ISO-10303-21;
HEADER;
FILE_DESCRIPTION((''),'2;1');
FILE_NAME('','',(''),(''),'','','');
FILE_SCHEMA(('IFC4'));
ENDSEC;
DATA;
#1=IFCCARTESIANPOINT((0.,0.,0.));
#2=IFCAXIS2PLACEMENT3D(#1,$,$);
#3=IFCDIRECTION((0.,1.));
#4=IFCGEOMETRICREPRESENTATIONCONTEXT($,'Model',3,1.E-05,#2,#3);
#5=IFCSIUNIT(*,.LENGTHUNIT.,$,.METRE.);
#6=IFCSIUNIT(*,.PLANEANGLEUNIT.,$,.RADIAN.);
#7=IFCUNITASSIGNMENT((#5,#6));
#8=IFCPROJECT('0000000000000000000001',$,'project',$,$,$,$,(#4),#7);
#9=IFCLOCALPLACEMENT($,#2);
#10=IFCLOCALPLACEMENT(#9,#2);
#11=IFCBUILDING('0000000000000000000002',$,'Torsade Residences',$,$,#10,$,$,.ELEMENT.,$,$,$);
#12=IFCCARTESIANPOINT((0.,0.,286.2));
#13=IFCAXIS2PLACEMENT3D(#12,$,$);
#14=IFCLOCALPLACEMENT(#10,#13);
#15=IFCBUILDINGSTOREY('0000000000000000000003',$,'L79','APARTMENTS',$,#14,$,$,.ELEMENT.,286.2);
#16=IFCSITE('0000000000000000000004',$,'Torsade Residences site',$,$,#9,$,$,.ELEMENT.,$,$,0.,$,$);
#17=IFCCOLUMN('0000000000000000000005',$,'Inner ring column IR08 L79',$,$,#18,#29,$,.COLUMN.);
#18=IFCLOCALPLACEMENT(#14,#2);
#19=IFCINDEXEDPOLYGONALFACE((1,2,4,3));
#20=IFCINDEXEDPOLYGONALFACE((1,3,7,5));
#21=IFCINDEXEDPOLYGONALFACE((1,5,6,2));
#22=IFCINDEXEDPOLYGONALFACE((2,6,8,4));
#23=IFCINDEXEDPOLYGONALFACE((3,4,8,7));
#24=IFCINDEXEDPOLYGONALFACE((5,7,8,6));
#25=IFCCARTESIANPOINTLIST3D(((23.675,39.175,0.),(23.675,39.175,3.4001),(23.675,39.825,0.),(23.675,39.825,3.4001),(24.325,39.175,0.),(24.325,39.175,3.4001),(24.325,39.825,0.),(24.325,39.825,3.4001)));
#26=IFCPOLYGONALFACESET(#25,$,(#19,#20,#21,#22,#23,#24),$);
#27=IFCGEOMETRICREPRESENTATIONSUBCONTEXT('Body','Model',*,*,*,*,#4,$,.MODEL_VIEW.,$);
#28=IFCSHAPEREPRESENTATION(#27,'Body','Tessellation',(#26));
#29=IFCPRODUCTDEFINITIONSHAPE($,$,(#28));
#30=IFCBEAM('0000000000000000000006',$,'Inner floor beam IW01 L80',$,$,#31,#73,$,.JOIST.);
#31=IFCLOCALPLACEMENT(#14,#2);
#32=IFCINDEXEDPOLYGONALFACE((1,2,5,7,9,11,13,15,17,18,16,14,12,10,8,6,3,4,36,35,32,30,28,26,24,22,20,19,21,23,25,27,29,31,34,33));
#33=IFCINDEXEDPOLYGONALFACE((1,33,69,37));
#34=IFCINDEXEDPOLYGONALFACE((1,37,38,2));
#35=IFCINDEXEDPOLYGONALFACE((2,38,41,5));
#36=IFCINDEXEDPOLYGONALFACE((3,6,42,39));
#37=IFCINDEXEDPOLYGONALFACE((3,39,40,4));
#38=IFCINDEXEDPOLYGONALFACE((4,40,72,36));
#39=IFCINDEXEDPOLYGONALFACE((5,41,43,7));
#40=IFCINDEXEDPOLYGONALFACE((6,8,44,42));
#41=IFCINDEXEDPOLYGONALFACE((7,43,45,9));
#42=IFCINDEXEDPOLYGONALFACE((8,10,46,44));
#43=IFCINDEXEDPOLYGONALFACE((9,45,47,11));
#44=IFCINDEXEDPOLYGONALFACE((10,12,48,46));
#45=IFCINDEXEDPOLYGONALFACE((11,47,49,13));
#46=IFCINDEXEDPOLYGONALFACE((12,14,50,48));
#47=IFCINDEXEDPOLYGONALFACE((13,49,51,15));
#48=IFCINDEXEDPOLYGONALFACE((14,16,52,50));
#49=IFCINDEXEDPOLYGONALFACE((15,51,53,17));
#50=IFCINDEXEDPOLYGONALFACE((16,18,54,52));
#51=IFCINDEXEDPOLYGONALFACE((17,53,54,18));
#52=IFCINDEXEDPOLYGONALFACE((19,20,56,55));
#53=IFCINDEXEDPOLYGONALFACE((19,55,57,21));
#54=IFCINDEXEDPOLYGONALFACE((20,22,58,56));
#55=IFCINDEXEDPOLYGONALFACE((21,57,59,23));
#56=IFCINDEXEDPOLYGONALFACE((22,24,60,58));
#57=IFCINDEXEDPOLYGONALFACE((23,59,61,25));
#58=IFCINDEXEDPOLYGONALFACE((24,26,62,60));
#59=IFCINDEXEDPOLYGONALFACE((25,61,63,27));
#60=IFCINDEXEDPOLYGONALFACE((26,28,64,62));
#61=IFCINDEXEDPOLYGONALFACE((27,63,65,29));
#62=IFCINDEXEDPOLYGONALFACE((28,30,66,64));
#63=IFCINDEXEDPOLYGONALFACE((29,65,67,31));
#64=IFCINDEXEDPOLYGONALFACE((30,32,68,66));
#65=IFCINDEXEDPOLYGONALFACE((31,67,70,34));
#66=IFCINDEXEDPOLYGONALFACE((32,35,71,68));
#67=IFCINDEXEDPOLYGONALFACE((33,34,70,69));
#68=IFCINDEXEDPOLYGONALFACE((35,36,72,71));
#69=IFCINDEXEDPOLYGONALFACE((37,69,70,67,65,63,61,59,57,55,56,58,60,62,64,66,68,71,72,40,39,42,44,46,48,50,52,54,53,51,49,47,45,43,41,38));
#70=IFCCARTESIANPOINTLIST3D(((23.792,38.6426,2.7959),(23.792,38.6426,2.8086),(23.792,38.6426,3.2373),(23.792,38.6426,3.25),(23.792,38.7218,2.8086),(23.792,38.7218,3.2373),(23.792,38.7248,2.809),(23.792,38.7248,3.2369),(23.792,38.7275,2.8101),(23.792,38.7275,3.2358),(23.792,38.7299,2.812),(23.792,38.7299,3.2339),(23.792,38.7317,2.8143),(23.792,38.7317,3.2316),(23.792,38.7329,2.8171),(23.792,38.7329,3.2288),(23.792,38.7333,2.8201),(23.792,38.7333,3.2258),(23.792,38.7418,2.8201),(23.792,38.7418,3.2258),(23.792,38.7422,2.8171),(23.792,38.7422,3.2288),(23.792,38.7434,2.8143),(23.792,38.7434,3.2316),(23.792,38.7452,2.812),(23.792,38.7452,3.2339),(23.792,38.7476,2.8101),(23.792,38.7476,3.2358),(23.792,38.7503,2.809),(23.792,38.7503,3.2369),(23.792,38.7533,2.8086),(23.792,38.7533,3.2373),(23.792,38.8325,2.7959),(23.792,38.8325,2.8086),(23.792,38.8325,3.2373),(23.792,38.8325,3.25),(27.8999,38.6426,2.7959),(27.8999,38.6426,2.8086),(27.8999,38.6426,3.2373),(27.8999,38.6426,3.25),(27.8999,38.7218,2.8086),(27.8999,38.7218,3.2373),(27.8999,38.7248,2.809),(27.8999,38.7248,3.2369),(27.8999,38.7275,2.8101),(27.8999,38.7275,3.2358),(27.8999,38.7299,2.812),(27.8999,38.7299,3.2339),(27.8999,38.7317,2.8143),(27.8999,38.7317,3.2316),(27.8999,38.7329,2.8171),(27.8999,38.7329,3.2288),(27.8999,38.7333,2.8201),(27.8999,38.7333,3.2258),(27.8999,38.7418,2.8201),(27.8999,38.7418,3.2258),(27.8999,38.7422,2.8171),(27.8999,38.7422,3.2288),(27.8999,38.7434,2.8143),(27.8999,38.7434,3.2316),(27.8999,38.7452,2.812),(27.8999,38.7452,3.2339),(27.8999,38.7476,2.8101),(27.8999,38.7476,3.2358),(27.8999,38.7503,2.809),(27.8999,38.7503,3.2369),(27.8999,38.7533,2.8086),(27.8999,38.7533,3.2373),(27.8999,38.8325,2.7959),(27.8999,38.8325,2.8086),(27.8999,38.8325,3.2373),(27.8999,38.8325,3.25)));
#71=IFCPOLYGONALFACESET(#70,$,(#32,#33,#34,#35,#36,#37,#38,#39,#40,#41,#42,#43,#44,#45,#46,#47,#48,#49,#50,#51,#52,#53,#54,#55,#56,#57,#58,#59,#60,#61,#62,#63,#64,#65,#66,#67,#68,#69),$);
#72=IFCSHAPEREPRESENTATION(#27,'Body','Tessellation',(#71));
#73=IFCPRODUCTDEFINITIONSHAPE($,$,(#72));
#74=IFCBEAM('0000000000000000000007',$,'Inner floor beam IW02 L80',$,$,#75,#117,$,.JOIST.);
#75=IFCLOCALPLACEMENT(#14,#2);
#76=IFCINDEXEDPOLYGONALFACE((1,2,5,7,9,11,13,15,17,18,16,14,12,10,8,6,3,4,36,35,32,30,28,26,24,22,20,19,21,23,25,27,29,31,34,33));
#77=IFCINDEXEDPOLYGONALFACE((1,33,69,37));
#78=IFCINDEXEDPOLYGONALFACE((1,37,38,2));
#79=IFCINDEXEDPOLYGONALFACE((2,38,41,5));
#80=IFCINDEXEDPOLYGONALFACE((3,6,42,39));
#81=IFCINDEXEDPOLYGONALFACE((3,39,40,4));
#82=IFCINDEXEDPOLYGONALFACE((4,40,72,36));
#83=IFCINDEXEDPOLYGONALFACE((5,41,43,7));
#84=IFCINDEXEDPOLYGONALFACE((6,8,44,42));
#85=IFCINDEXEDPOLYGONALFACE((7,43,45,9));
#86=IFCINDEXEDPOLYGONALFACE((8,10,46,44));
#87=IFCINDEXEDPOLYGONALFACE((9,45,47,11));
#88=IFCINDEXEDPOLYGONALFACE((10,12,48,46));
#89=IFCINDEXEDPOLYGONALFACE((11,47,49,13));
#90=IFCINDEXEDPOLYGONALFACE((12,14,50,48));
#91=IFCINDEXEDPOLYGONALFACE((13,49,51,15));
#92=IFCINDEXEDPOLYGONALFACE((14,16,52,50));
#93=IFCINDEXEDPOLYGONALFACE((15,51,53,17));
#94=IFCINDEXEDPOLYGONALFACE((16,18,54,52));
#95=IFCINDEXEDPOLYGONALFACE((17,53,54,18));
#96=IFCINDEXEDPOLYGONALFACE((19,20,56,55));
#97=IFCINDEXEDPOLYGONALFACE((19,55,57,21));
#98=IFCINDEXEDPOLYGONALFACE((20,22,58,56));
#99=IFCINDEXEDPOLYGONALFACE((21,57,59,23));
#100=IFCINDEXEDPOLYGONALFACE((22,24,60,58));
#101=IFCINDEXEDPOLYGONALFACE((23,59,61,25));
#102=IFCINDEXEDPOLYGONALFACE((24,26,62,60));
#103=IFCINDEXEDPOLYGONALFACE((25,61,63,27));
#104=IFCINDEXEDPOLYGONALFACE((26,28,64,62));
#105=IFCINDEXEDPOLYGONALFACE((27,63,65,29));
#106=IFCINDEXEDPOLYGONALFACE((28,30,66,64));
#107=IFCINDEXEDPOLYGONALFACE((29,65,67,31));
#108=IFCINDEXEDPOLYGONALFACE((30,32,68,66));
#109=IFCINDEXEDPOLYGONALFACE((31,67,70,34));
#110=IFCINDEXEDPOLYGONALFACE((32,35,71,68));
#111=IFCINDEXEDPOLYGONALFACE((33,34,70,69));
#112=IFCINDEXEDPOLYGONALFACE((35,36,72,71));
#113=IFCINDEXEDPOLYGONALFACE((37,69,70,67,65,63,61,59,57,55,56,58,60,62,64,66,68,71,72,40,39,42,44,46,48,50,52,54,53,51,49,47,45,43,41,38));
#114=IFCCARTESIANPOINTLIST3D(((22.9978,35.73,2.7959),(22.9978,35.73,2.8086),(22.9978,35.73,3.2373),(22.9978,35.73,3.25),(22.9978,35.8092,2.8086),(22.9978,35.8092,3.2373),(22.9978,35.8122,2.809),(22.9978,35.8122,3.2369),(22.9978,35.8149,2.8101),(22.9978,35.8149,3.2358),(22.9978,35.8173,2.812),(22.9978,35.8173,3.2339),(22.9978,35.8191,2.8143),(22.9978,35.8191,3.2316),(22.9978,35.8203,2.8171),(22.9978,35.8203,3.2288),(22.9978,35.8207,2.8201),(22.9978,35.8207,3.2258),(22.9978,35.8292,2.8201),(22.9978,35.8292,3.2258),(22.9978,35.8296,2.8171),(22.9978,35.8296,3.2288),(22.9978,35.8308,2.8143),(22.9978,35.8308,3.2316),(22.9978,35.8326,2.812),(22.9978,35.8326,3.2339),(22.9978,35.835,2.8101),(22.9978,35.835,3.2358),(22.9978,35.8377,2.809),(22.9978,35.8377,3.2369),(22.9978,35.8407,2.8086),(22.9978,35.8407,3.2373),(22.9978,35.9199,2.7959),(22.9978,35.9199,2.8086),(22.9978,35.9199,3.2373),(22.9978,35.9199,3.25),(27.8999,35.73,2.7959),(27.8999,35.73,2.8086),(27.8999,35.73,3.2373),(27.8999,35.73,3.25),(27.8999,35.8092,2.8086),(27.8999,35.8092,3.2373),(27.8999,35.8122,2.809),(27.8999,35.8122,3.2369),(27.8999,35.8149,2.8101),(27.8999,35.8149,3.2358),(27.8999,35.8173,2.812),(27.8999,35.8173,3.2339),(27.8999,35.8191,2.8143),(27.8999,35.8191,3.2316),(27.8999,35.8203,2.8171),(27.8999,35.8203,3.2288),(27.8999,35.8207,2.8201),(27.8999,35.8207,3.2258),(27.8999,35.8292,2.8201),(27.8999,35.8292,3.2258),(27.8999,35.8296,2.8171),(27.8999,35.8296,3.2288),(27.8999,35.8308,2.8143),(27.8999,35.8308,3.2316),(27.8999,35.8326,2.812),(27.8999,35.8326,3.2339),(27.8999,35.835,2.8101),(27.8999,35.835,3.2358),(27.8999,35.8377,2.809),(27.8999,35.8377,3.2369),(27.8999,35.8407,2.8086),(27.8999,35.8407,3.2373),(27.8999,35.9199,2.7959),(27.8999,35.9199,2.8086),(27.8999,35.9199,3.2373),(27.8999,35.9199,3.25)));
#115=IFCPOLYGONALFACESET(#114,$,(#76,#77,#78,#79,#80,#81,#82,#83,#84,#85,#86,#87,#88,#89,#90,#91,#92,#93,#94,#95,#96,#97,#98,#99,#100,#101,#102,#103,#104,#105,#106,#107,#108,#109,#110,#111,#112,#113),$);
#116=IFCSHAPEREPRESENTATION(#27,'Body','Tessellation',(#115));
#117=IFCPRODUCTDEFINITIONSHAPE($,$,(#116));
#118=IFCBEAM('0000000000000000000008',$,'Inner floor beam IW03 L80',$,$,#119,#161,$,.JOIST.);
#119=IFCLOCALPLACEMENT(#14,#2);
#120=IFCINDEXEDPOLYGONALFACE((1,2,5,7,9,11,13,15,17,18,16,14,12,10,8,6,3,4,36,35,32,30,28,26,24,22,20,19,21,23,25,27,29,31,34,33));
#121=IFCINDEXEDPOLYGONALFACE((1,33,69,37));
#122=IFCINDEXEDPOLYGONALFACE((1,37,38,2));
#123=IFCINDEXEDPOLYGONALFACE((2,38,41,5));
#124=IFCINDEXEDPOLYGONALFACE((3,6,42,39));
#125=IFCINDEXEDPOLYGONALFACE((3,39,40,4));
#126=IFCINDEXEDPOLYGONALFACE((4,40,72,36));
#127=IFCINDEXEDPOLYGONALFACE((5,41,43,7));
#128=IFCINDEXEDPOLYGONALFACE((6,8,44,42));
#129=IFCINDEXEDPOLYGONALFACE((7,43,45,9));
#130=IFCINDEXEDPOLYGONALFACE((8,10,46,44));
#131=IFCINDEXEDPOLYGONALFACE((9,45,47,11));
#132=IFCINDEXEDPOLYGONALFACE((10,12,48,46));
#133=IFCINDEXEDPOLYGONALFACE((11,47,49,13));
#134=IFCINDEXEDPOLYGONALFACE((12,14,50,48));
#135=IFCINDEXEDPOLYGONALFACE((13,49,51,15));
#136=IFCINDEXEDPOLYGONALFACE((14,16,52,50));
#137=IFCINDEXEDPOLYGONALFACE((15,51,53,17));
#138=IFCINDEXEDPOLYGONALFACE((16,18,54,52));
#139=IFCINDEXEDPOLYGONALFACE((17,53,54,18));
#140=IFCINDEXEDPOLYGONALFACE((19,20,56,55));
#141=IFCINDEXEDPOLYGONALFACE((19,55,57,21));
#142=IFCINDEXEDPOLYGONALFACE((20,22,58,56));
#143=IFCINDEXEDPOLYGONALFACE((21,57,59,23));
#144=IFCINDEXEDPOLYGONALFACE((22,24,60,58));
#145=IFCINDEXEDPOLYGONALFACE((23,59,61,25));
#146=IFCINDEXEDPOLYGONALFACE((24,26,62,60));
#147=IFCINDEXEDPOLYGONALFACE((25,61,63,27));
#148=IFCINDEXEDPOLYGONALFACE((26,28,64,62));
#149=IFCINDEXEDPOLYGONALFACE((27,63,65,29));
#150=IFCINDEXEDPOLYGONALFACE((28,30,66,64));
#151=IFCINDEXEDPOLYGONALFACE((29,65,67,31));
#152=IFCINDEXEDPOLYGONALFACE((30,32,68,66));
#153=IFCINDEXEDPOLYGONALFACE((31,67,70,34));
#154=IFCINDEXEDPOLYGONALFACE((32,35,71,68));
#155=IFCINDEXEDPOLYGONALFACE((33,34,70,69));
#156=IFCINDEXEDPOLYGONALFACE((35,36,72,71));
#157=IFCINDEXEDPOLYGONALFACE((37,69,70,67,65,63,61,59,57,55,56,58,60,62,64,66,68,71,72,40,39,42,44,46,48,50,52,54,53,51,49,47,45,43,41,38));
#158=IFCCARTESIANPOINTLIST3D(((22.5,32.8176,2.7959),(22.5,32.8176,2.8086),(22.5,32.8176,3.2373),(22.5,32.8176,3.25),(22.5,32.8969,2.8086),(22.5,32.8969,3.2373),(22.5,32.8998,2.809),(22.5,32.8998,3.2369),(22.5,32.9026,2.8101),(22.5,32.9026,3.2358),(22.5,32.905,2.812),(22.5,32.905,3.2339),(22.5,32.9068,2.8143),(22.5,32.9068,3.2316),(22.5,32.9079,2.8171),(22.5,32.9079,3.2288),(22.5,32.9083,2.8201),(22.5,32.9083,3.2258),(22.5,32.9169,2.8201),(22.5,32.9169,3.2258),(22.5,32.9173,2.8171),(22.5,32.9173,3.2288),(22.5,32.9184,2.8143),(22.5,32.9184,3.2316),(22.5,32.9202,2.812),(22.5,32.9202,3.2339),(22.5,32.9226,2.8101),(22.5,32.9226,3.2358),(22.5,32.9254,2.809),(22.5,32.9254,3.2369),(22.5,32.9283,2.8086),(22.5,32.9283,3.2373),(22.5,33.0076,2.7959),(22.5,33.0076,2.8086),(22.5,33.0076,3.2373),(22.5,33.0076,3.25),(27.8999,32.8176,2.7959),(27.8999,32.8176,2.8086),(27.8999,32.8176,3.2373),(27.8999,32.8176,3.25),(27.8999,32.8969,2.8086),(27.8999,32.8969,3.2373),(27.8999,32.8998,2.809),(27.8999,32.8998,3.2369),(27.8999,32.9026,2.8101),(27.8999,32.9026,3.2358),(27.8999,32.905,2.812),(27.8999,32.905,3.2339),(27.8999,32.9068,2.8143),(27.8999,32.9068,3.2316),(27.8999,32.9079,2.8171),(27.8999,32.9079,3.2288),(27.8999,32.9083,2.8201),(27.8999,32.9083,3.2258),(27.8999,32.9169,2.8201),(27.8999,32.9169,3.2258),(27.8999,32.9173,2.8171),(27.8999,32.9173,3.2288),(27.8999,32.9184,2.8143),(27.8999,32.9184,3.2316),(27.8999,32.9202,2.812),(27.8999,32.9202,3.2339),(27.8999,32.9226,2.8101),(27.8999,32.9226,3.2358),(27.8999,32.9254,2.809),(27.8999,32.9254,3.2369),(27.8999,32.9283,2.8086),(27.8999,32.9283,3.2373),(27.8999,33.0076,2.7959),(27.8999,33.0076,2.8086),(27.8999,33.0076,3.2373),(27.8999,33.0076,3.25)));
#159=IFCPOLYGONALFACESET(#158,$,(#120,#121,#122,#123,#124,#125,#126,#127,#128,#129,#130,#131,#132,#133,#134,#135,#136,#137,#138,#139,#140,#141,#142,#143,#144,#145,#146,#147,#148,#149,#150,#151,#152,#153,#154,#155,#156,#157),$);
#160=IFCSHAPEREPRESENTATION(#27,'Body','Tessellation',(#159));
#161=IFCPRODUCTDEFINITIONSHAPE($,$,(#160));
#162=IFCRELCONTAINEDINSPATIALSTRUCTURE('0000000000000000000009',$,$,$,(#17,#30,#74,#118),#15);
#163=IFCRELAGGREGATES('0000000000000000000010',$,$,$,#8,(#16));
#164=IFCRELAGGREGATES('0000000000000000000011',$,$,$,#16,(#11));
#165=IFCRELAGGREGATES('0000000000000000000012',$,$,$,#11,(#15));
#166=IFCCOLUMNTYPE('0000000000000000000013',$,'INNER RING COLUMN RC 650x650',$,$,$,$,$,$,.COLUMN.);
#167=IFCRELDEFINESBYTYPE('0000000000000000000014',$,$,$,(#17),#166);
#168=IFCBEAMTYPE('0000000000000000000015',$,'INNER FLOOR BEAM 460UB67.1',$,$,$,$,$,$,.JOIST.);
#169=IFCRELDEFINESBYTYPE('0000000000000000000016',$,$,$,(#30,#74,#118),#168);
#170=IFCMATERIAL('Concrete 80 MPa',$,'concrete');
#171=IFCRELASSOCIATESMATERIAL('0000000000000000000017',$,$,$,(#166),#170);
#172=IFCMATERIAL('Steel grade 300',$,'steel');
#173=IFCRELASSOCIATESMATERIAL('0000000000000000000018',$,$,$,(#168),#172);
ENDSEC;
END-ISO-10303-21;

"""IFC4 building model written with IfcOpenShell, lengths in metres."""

from ifc_helpers import new_model, si_unit, direction, frame, origin, origin_2d, place, context, subcontext, project, spatial, rectangle, i_section, extrude, material, material_profile, profile_set, type_object, element, save


model = new_model("IFC4")

# Units and contexts
model_context = context("Model", 3, precision=1e-05, world=origin(), true_north=direction((0.0, 1.0)))
body_context = subcontext(model_context, "Body", "Model", "MODEL_VIEW")
ifc_project = project(units=[si_unit("LENGTHUNIT", "METRE"), si_unit("PLANEANGLEUNIT", "RADIAN")], contexts=[model_context])

# Site, building, storey
site_placement = place(None, origin())
site = spatial("IfcSite", under=ifc_project, at=site_placement, Name="Torsade Residences site", CompositionType="ELEMENT", RefElevation=0.0)
building_placement = place(site_placement, origin())
building = spatial("IfcBuilding", under=site, at=building_placement, Name="Torsade Residences", CompositionType="ELEMENT")
storey_placement = place(building_placement, frame((0.0, 0.0, 286.2)))
storey = spatial("IfcBuildingStorey", under=building, at=storey_placement, Name="L79", Description="APARTMENTS", CompositionType="ELEMENT", Elevation=286.2)

# Column
ifc_material_1 = material(Name="Concrete 80 MPa", Category="concrete")
ifc_material_profile_1 = material_profile(ifc_material_1, rectangle(XDim=0.6499, YDim=0.6499, at=origin_2d()), Name="RC 650x650")
ifc_profile_set_1 = profile_set([ifc_material_profile_1], Name="Concrete 80 MPa")
column_type = type_object("IfcColumnType", Name="INNER RING COLUMN RC 650x650", PredefinedType="COLUMN", material=ifc_profile_set_1)
column_placement = place(storey_placement, frame((24.0, 39.5, 0.0), z_axis=(0.0, 0.0, 1.0), x_axis=(1.0, 0.0, 0.0)))
element("IfcColumn", 1, at=column_placement, inside=storey, type_object=column_type, Name="Inner ring column IR08 L79", PredefinedType="COLUMN", context=body_context, shape_type="SweptSolid", body=[
    extrude(rectangle(XDim=0.6499, YDim=0.6499, at=origin_2d()), origin(), (0.0, 0.0, 1.0), 3.4001),
])

# Beams
ifc_material_2 = material(Name="Steel grade 300", Category="steel")
ifc_material_profile_2 = material_profile(ifc_material_2, i_section(OverallWidth=0.1899, OverallDepth=0.4541, WebThickness=0.0085, FlangeThickness=0.0127, FilletRadius=0.0115, at=origin_2d()), Name="460UB67.1")
ifc_profile_set_2 = profile_set([ifc_material_profile_2], Name="Steel grade 300")
beam_type_1 = type_object("IfcBeamType", Name="INNER FLOOR BEAM 460UB67.1", PredefinedType="JOIST", material=ifc_profile_set_2)
beam_1_placement = place(storey_placement, frame((27.8999, 38.7375, 3.0229), z_axis=(-1.0, 0.0, 0.0), x_axis=(0.0, -1.0, 0.0)))
element("IfcBeam", 2, at=beam_1_placement, inside=storey, type_object=beam_type_1, Name="Inner floor beam IW01 L80", PredefinedType="JOIST", context=body_context, shape_type="SweptSolid", body=[
    extrude(i_section(OverallWidth=0.1899, OverallDepth=0.4541, WebThickness=0.0085, FlangeThickness=0.0127, FilletRadius=0.0115, at=origin_2d()), origin(), (0.0, 0.0, 1.0), 4.1079),
])
beam_2_placement = place(storey_placement, frame((27.8999, 35.825, 3.0229), z_axis=(-1.0, 0.0, 0.0), x_axis=(0.0, -1.0, 0.0)))
element("IfcBeam", 3, at=beam_2_placement, inside=storey, type_object=beam_type_1, Name="Inner floor beam IW02 L80", PredefinedType="JOIST", context=body_context, shape_type="SweptSolid", body=[
    extrude(i_section(OverallWidth=0.1899, OverallDepth=0.4541, WebThickness=0.0085, FlangeThickness=0.0127, FilletRadius=0.0115, at=origin_2d()), origin(), (0.0, 0.0, 1.0), 4.9021),
])
for number, where, z_axis, x_axis, name in (
    (4, (27.8999, 32.9126, 3.0229), (-1.0, 0.0, 0.0), (0.0, -1.0, 0.0), "Inner floor beam IW03 L80"),
):
    element("IfcBeam", number, at=place(storey_placement, frame(where, z_axis=z_axis, x_axis=x_axis)), inside=storey, type_object=beam_type_1, Name=name, PredefinedType="JOIST", context=body_context, shape_type="SweptSolid", body=[
        extrude(i_section(OverallWidth=0.1899, OverallDepth=0.4541, WebThickness=0.0085, FlangeThickness=0.0127, FilletRadius=0.0115, at=origin_2d()), origin(), (0.0, 0.0, 1.0), 5.3999),
    ])

save(model, "model.ifc")
